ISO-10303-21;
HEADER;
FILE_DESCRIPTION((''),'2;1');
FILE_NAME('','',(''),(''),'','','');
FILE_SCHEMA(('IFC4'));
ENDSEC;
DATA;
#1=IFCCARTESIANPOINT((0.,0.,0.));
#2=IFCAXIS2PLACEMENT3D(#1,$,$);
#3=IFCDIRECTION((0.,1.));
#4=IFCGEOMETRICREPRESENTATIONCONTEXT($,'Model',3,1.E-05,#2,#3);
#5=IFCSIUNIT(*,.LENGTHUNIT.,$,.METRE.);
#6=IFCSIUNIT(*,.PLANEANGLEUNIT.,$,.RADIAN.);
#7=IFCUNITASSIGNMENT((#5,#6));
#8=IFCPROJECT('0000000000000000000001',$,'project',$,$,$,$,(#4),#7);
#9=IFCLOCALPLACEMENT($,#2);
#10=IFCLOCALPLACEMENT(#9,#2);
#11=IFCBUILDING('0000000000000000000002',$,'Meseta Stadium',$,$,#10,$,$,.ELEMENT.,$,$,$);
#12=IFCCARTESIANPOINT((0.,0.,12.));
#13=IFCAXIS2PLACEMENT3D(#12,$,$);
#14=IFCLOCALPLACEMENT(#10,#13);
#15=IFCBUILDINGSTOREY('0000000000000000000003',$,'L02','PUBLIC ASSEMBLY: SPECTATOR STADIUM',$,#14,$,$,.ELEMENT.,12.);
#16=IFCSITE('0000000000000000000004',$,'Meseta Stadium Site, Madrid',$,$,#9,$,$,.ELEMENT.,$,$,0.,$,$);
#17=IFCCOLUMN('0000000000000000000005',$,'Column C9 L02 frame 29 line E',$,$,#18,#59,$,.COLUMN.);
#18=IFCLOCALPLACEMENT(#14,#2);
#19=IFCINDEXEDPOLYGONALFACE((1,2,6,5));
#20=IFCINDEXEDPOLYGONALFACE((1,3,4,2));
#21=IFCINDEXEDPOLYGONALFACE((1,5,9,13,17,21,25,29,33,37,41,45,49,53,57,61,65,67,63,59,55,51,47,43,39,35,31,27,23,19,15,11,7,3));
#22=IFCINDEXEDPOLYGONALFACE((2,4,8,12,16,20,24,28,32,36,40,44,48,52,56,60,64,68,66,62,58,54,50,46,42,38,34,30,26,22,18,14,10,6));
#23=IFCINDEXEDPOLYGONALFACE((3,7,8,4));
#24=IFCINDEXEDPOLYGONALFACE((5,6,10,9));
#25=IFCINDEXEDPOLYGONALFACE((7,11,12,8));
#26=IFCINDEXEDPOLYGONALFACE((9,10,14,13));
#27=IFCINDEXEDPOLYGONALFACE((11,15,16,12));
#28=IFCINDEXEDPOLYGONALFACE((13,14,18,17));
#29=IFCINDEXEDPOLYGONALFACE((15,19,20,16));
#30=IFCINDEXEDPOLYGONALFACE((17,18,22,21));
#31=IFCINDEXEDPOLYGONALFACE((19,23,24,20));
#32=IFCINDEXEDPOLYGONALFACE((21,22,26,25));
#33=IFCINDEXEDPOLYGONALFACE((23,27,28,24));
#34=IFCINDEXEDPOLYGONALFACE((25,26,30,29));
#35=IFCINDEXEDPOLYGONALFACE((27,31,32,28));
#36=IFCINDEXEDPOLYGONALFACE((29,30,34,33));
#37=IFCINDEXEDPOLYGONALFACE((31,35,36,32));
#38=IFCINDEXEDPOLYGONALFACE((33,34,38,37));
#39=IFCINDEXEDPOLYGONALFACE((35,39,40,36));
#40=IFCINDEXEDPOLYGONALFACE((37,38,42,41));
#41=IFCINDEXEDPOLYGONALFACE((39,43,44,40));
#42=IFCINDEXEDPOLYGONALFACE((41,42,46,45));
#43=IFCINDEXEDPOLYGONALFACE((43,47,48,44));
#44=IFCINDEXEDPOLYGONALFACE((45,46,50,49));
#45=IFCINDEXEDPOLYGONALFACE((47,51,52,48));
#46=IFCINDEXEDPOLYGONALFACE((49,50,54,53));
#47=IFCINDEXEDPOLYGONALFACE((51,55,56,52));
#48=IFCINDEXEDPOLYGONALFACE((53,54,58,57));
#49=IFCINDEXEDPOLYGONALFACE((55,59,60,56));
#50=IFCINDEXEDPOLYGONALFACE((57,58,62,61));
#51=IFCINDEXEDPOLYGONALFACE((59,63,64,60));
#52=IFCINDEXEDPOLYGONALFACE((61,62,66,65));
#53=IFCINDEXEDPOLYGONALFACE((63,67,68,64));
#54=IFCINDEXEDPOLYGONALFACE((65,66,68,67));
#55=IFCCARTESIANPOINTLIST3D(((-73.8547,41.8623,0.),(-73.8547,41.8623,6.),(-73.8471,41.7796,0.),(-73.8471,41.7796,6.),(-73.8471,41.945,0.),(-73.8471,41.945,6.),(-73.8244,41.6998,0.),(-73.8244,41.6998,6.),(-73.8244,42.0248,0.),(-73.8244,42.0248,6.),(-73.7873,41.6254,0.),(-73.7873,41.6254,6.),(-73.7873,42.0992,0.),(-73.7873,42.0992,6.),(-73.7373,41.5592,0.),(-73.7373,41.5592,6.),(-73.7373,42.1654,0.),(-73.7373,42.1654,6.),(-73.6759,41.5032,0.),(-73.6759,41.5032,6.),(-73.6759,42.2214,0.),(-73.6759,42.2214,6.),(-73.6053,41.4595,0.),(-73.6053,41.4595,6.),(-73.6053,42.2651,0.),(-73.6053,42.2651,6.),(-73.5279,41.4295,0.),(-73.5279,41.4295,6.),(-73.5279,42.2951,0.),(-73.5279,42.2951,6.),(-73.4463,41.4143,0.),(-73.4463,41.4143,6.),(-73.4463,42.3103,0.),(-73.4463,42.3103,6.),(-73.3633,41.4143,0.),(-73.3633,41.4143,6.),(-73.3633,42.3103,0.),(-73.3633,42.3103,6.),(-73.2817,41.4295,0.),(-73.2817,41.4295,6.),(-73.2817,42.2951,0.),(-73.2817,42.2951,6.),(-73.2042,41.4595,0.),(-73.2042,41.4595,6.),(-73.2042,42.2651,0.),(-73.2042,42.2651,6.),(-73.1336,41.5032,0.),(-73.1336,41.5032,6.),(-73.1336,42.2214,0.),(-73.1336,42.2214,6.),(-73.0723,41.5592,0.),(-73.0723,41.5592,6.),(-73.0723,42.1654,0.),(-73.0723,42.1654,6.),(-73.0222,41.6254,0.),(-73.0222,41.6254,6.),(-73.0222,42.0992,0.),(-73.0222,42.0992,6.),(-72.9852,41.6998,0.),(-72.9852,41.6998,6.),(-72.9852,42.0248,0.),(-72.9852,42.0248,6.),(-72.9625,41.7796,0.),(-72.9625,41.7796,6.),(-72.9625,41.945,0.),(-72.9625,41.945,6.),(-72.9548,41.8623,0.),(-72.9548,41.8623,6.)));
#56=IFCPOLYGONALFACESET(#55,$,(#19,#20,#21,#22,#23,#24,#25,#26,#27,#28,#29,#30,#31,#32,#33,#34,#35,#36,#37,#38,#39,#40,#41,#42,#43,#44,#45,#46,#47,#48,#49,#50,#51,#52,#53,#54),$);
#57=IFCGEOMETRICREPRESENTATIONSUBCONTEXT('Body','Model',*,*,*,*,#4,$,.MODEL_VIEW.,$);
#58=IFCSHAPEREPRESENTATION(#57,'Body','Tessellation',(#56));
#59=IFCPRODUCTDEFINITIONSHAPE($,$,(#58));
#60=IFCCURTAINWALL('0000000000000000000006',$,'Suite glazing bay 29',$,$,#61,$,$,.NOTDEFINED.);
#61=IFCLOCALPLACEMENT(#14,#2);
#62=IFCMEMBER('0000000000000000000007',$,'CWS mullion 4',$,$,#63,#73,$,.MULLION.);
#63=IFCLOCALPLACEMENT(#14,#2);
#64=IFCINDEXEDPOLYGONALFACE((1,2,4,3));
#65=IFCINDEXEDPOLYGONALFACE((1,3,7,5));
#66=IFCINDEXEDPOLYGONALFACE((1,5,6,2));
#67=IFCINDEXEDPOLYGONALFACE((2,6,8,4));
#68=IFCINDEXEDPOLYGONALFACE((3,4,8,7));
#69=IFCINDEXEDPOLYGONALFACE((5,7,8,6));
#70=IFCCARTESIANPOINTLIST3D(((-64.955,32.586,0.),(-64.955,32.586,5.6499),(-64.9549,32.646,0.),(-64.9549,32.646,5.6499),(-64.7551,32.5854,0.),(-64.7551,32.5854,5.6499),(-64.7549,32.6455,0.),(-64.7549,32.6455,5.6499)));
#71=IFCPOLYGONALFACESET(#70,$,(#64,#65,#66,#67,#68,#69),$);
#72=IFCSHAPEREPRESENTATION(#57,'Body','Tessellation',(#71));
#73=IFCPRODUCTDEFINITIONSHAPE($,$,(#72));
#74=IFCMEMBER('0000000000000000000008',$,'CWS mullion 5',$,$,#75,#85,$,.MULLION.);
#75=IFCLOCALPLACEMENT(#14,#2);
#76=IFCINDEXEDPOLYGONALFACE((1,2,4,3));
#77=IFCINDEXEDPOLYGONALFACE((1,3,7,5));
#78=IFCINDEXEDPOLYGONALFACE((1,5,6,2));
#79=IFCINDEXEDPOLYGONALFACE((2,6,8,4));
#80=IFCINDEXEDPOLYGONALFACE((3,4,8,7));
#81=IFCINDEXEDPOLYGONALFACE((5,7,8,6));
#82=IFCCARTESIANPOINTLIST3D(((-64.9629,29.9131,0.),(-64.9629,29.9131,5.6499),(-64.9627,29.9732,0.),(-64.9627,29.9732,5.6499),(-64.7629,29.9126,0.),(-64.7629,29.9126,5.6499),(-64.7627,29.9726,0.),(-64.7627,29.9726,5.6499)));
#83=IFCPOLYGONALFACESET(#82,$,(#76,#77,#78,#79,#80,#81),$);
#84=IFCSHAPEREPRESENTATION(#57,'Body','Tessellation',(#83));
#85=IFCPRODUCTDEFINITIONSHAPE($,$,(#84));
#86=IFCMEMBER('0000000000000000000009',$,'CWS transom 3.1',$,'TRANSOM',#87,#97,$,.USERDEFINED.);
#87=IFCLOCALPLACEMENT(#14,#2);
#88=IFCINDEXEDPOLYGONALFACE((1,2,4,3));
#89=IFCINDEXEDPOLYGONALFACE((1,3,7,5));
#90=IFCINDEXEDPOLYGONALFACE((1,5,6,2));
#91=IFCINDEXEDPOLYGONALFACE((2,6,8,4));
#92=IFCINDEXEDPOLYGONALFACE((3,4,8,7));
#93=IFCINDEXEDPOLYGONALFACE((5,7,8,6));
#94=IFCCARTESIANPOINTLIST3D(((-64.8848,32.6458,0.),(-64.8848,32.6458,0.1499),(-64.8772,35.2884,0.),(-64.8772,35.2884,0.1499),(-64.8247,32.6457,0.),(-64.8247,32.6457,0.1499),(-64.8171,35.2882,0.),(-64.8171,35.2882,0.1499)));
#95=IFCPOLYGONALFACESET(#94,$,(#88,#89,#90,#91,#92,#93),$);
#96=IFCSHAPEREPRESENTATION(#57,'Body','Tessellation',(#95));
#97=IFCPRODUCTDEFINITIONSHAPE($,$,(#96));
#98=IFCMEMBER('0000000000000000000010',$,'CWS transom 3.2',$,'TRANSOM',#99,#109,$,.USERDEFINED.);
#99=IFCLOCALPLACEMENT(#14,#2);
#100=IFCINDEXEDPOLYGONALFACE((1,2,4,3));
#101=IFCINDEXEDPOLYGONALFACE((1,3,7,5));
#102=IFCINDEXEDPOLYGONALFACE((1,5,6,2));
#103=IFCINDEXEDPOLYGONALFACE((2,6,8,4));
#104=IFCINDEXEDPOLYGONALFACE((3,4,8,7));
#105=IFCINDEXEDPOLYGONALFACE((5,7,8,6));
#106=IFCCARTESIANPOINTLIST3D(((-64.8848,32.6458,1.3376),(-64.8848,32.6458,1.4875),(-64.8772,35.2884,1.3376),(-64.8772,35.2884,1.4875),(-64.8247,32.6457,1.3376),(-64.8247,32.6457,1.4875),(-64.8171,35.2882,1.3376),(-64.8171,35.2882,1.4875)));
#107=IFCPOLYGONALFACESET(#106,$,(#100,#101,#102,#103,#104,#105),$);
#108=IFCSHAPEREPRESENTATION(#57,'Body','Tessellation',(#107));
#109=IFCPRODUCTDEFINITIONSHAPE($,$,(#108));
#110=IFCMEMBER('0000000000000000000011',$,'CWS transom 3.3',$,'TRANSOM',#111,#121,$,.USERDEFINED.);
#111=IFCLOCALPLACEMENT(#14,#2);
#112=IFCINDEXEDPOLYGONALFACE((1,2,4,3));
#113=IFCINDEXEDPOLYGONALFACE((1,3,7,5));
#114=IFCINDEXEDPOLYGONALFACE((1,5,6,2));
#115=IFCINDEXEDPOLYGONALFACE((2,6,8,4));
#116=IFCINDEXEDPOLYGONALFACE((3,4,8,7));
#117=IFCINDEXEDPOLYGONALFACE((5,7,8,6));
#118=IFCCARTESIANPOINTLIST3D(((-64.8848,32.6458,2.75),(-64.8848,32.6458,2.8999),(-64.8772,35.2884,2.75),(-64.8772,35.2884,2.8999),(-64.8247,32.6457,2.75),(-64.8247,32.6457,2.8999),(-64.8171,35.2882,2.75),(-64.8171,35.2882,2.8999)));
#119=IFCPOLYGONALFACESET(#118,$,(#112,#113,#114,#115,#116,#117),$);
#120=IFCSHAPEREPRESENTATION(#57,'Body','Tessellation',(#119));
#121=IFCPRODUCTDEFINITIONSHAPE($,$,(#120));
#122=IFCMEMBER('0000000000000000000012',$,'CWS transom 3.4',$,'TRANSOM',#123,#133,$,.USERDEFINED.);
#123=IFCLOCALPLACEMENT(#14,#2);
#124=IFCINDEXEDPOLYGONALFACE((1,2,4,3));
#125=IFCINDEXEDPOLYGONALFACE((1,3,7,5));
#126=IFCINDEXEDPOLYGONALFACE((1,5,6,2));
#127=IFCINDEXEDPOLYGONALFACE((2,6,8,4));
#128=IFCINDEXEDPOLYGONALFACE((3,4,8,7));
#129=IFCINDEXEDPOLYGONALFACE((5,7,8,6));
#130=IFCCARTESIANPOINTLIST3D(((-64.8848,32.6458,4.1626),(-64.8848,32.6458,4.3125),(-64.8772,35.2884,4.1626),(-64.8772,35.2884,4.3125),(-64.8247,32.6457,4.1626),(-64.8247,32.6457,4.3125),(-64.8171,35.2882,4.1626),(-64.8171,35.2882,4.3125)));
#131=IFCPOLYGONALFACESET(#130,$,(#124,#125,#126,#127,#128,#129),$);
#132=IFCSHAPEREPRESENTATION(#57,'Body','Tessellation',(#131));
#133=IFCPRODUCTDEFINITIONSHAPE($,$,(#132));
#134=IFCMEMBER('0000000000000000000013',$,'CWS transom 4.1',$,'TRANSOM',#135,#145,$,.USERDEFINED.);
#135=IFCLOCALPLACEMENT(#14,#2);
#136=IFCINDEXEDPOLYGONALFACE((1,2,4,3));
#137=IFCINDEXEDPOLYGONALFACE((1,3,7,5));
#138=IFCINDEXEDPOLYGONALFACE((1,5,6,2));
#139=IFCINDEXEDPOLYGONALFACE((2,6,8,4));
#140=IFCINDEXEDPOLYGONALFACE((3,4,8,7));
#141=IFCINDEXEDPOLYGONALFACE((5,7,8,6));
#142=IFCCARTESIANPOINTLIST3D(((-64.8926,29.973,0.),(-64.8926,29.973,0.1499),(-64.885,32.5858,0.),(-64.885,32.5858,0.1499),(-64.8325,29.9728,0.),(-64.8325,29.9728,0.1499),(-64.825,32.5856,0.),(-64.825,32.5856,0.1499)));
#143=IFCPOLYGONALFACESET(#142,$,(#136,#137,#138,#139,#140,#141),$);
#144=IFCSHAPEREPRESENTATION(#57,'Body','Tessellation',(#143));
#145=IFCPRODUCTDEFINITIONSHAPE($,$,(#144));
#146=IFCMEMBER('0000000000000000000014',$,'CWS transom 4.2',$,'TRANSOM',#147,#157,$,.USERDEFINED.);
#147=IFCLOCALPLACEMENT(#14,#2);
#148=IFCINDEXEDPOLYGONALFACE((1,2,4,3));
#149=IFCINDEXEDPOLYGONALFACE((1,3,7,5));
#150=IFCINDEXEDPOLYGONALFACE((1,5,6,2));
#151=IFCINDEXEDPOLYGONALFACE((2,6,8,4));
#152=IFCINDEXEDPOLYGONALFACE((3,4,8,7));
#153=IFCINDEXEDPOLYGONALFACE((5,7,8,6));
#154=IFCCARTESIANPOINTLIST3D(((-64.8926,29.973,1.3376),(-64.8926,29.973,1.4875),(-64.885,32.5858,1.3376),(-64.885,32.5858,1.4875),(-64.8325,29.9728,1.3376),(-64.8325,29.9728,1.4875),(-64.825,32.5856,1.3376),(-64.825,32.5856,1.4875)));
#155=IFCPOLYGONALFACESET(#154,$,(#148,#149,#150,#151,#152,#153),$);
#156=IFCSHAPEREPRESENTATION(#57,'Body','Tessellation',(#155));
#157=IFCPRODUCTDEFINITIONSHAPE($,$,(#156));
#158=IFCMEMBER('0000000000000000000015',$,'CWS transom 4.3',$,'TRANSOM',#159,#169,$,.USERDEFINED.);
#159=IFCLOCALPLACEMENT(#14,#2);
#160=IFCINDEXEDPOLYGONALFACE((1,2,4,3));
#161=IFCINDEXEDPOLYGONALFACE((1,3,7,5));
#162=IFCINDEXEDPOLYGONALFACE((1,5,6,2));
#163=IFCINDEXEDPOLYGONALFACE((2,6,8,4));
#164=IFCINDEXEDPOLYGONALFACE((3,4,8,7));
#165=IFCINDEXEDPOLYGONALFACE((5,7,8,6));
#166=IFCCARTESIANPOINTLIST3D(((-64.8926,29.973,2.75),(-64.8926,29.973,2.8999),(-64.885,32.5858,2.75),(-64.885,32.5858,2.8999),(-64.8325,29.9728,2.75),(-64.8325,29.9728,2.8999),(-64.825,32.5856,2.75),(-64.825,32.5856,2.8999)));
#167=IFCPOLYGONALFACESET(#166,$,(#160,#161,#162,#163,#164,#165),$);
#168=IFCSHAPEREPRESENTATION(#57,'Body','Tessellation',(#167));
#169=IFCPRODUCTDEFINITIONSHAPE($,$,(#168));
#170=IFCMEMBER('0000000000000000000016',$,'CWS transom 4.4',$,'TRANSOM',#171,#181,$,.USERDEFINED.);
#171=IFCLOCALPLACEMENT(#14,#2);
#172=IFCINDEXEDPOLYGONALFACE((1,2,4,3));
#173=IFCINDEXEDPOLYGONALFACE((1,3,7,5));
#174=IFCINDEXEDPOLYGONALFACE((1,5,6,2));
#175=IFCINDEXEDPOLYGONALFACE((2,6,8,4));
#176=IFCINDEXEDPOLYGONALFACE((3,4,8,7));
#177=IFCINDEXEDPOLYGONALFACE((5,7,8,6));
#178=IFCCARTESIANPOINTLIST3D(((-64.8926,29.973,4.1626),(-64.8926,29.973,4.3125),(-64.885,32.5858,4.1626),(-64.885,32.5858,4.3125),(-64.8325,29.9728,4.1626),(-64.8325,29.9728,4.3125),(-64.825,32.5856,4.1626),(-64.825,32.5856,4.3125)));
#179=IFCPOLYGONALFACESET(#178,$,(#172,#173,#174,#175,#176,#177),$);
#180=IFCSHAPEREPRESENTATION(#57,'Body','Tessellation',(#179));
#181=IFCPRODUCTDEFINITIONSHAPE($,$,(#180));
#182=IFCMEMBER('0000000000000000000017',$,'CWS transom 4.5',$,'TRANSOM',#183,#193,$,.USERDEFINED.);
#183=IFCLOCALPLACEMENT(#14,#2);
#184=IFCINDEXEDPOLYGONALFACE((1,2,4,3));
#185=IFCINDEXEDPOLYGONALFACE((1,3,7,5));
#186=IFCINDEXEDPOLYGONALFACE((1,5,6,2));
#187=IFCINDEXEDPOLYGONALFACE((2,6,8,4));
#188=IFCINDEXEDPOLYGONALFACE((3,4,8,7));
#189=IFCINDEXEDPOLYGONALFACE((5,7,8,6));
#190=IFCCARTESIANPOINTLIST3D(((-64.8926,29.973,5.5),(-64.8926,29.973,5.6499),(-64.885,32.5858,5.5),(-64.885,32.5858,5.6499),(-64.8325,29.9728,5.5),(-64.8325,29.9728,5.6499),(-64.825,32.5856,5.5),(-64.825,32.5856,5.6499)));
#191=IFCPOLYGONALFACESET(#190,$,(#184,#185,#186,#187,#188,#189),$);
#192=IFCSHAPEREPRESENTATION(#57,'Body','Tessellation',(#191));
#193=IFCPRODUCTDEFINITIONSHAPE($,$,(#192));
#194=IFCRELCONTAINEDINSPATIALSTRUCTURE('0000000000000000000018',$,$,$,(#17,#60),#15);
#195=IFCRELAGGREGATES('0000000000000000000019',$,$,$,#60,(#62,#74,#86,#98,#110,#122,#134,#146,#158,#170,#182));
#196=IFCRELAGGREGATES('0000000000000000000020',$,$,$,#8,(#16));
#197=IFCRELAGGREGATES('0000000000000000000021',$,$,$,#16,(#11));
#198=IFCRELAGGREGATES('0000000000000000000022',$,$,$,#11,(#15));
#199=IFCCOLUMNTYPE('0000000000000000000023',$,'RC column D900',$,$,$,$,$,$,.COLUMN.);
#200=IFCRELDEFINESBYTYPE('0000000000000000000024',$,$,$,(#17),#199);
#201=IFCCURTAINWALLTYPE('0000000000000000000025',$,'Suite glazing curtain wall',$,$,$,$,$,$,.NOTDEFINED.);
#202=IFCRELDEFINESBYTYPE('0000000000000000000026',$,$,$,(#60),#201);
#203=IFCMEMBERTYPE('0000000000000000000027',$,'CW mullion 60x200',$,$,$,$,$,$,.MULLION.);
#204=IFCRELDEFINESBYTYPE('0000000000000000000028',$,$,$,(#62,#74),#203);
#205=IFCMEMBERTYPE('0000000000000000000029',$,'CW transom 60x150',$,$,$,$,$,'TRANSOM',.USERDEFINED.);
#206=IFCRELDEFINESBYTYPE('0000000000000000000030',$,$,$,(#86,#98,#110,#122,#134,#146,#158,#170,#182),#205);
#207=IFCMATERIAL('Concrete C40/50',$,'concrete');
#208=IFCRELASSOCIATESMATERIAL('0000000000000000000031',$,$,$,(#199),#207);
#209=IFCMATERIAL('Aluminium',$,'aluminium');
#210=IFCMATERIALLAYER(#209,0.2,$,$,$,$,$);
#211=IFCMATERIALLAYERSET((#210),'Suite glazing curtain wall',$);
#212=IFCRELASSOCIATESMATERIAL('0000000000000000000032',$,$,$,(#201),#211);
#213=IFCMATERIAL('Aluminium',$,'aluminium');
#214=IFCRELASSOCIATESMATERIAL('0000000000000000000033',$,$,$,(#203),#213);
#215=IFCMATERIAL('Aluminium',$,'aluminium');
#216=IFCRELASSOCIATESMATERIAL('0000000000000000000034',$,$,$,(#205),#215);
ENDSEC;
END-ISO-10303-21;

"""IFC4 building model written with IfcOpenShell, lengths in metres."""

from ifc_helpers import new_model, si_unit, direction, frame, origin, origin_2d, place, context, subcontext, project, spatial, rectangle, circle, extrude, material, layer, layer_set, material_profile, profile_set, type_object, element, aggregate, save


model = new_model("IFC4")

# Units and contexts
model_context = context("Model", 3, precision=1e-05, world=origin(), true_north=direction((0.0, 1.0)))
body_context = subcontext(model_context, "Body", "Model", "MODEL_VIEW")
ifc_project = project(units=[si_unit("LENGTHUNIT", "METRE"), si_unit("PLANEANGLEUNIT", "RADIAN")], contexts=[model_context])

# Site, building, storey
site_placement = place(None, origin())
site = spatial("IfcSite", under=ifc_project, at=site_placement, Name="Meseta Stadium Site, Madrid", CompositionType="ELEMENT", RefElevation=0.0)
building_placement = place(site_placement, origin())
building = spatial("IfcBuilding", under=site, at=building_placement, Name="Meseta Stadium", CompositionType="ELEMENT")
storey_placement = place(building_placement, frame((0.0, 0.0, 12.0)))
storey = spatial("IfcBuildingStorey", under=building, at=storey_placement, Name="L02", Description="PUBLIC ASSEMBLY: SPECTATOR STADIUM", CompositionType="ELEMENT", Elevation=12.0)

# Column
ifc_material_1 = material(Name="Concrete C40/50", Category="concrete")
ifc_material_profile_1 = material_profile(ifc_material_1, circle(Radius=0.45, at=origin_2d()), Name="RC D900")
ifc_profile_set_1 = profile_set([ifc_material_profile_1], Name="Concrete C40/50")
column_type = type_object("IfcColumnType", Name="RC column D900", PredefinedType="COLUMN", material=ifc_profile_set_1)
column_placement = place(storey_placement, frame((-73.4048, 41.8623, 0.0), z_axis=(0.0, 0.0, 1.0), x_axis=(1.0, 0.0, 0.0)))
element("IfcColumn", 1, at=column_placement, inside=storey, type_object=column_type, Name="Column C9 L02 frame 29 line E", PredefinedType="COLUMN", context=body_context, shape_type="SweptSolid", body=[
    extrude(circle(Radius=0.45, at=origin_2d()), origin(), (0.0, 0.0, 1.0), 6.0),
])

# Curtain wall, members
ifc_material_2 = material(Name="Aluminium", Category="aluminium")
ifc_layer_1 = layer(ifc_material_2, 0.2)
ifc_layer_set_1 = layer_set([ifc_layer_1], Name="Suite glazing curtain wall")
curtain_wall_type = type_object("IfcCurtainWallType", Name="Suite glazing curtain wall", PredefinedType="NOTDEFINED", material=ifc_layer_set_1)
curtain_wall_placement = place(storey_placement, origin())
curtain_wall = element("IfcCurtainWall", 2, at=curtain_wall_placement, inside=storey, type_object=curtain_wall_type, Name="Suite glazing bay 29", PredefinedType="NOTDEFINED")
ifc_material_3 = material(Name="Aluminium", Category="aluminium")
ifc_material_profile_2 = material_profile(ifc_material_3, rectangle(XDim=0.2, YDim=0.0601, at=origin_2d()), Name="CW 200x60")
ifc_profile_set_2 = profile_set([ifc_material_profile_2], Name="Aluminium")
member_type_1 = type_object("IfcMemberType", Name="CW mullion 60x200", PredefinedType="MULLION", material=ifc_profile_set_2)
member_1_placement = place(storey_placement, frame((-64.855, 32.6157, 0.0), z_axis=(0.0, 0.0, 1.0), x_axis=(0.999996, -0.00291, 0.0)))
member_1 = element("IfcMember", 3, at=member_1_placement, type_object=member_type_1, Name="CWS mullion 4", PredefinedType="MULLION", context=body_context, shape_type="SweptSolid", body=[
    extrude(rectangle(XDim=0.2, YDim=0.0601, at=origin_2d()), origin(), (0.0, 0.0, 1.0), 5.6499),
])
member_2_placement = place(storey_placement, frame((-64.8628, 29.9429, 0.0), z_axis=(0.0, 0.0, 1.0), x_axis=(0.999996, -0.00291, 0.0)))
member_2 = element("IfcMember", 4, at=member_2_placement, type_object=member_type_1, Name="CWS mullion 5", PredefinedType="MULLION", context=body_context, shape_type="SweptSolid", body=[
    extrude(rectangle(XDim=0.2, YDim=0.0601, at=origin_2d()), origin(), (0.0, 0.0, 1.0), 5.6499),
])
ifc_material_4 = material(Name="Aluminium", Category="aluminium")
ifc_material_profile_3 = material_profile(ifc_material_4, rectangle(XDim=0.0601, YDim=0.1499, at=origin_2d()), Name="CW 60x150")
ifc_profile_set_3 = profile_set([ifc_material_profile_3], Name="Aluminium")
member_type_2 = type_object("IfcMemberType", Name="CW transom 60x150", ElementType="TRANSOM", PredefinedType="USERDEFINED", material=ifc_profile_set_3)
member_3_placement = place(storey_placement, frame((-64.8472, 35.2883, 0.075), z_axis=(-0.002864, -0.999996, 0.0), x_axis=(0.999996, -0.002864, 0.0)))
member_3 = element("IfcMember", 5, at=member_3_placement, type_object=member_type_2, Name="CWS transom 3.1", ObjectType="TRANSOM", PredefinedType="USERDEFINED", context=body_context, shape_type="SweptSolid", body=[
    extrude(rectangle(XDim=0.0601, YDim=0.1499, at=origin_2d()), origin(), (0.0, 0.0, 1.0), 2.6426),
])
member_4_placement = place(storey_placement, frame((-64.8472, 35.2883, 1.4126), z_axis=(-0.002864, -0.999996, 0.0), x_axis=(0.999996, -0.002864, 0.0)))
member_4 = element("IfcMember", 6, at=member_4_placement, type_object=member_type_2, Name="CWS transom 3.2", ObjectType="TRANSOM", PredefinedType="USERDEFINED", context=body_context, shape_type="SweptSolid", body=[
    extrude(rectangle(XDim=0.0601, YDim=0.1499, at=origin_2d()), origin(), (0.0, 0.0, 1.0), 2.6426),
])
member_5_placement = place(storey_placement, frame((-64.8472, 35.2883, 2.825), z_axis=(-0.002864, -0.999996, 0.0), x_axis=(0.999996, -0.002864, 0.0)))
member_5 = element("IfcMember", 7, at=member_5_placement, type_object=member_type_2, Name="CWS transom 3.3", ObjectType="TRANSOM", PredefinedType="USERDEFINED", context=body_context, shape_type="SweptSolid", body=[
    extrude(rectangle(XDim=0.0601, YDim=0.1499, at=origin_2d()), origin(), (0.0, 0.0, 1.0), 2.6426),
])
member_6_placement = place(storey_placement, frame((-64.8472, 35.2883, 4.2375), z_axis=(-0.002864, -0.999996, 0.0), x_axis=(0.999996, -0.002864, 0.0)))
member_6 = element("IfcMember", 8, at=member_6_placement, type_object=member_type_2, Name="CWS transom 3.4", ObjectType="TRANSOM", PredefinedType="USERDEFINED", context=body_context, shape_type="SweptSolid", body=[
    extrude(rectangle(XDim=0.0601, YDim=0.1499, at=origin_2d()), origin(), (0.0, 0.0, 1.0), 2.6426),
])
member_7_placement = place(storey_placement, frame((-64.855, 32.5857, 0.075), z_axis=(-0.002897, -0.999996, 0.0), x_axis=(0.999996, -0.002897, 0.0)))
member_7 = element("IfcMember", 9, at=member_7_placement, type_object=member_type_2, Name="CWS transom 4.1", ObjectType="TRANSOM", PredefinedType="USERDEFINED", context=body_context, shape_type="SweptSolid", body=[
    extrude(rectangle(XDim=0.0601, YDim=0.1499, at=origin_2d()), origin(), (0.0, 0.0, 1.0), 2.6128),
])
member_8_placement = place(storey_placement, frame((-64.855, 32.5857, 1.4126), z_axis=(-0.002897, -0.999996, 0.0), x_axis=(0.999996, -0.002897, 0.0)))
member_8 = element("IfcMember", 10, at=member_8_placement, type_object=member_type_2, Name="CWS transom 4.2", ObjectType="TRANSOM", PredefinedType="USERDEFINED", context=body_context, shape_type="SweptSolid", body=[
    extrude(rectangle(XDim=0.0601, YDim=0.1499, at=origin_2d()), origin(), (0.0, 0.0, 1.0), 2.6128),
])
member_9_placement = place(storey_placement, frame((-64.855, 32.5857, 2.825), z_axis=(-0.002897, -0.999996, 0.0), x_axis=(0.999996, -0.002897, 0.0)))
member_9 = element("IfcMember", 11, at=member_9_placement, type_object=member_type_2, Name="CWS transom 4.3", ObjectType="TRANSOM", PredefinedType="USERDEFINED", context=body_context, shape_type="SweptSolid", body=[
    extrude(rectangle(XDim=0.0601, YDim=0.1499, at=origin_2d()), origin(), (0.0, 0.0, 1.0), 2.6128),
])
member_10_placement = place(storey_placement, frame((-64.855, 32.5857, 4.2375), z_axis=(-0.002897, -0.999996, 0.0), x_axis=(0.999996, -0.002897, 0.0)))
member_10 = element("IfcMember", 12, at=member_10_placement, type_object=member_type_2, Name="CWS transom 4.4", ObjectType="TRANSOM", PredefinedType="USERDEFINED", context=body_context, shape_type="SweptSolid", body=[
    extrude(rectangle(XDim=0.0601, YDim=0.1499, at=origin_2d()), origin(), (0.0, 0.0, 1.0), 2.6128),
])
member_11_placement = place(storey_placement, frame((-64.855, 32.5857, 5.575), z_axis=(-0.002897, -0.999996, 0.0), x_axis=(0.999996, -0.002897, 0.0)))
member_11 = element("IfcMember", 13, at=member_11_placement, type_object=member_type_2, Name="CWS transom 4.5", ObjectType="TRANSOM", PredefinedType="USERDEFINED", context=body_context, shape_type="SweptSolid", body=[
    extrude(rectangle(XDim=0.0601, YDim=0.1499, at=origin_2d()), origin(), (0.0, 0.0, 1.0), 2.6128),
])

aggregate(curtain_wall, [member_1, member_2, member_3, member_4, member_5, member_6, member_7, member_8, member_9, member_10, member_11])

save(model, "model.ifc")
